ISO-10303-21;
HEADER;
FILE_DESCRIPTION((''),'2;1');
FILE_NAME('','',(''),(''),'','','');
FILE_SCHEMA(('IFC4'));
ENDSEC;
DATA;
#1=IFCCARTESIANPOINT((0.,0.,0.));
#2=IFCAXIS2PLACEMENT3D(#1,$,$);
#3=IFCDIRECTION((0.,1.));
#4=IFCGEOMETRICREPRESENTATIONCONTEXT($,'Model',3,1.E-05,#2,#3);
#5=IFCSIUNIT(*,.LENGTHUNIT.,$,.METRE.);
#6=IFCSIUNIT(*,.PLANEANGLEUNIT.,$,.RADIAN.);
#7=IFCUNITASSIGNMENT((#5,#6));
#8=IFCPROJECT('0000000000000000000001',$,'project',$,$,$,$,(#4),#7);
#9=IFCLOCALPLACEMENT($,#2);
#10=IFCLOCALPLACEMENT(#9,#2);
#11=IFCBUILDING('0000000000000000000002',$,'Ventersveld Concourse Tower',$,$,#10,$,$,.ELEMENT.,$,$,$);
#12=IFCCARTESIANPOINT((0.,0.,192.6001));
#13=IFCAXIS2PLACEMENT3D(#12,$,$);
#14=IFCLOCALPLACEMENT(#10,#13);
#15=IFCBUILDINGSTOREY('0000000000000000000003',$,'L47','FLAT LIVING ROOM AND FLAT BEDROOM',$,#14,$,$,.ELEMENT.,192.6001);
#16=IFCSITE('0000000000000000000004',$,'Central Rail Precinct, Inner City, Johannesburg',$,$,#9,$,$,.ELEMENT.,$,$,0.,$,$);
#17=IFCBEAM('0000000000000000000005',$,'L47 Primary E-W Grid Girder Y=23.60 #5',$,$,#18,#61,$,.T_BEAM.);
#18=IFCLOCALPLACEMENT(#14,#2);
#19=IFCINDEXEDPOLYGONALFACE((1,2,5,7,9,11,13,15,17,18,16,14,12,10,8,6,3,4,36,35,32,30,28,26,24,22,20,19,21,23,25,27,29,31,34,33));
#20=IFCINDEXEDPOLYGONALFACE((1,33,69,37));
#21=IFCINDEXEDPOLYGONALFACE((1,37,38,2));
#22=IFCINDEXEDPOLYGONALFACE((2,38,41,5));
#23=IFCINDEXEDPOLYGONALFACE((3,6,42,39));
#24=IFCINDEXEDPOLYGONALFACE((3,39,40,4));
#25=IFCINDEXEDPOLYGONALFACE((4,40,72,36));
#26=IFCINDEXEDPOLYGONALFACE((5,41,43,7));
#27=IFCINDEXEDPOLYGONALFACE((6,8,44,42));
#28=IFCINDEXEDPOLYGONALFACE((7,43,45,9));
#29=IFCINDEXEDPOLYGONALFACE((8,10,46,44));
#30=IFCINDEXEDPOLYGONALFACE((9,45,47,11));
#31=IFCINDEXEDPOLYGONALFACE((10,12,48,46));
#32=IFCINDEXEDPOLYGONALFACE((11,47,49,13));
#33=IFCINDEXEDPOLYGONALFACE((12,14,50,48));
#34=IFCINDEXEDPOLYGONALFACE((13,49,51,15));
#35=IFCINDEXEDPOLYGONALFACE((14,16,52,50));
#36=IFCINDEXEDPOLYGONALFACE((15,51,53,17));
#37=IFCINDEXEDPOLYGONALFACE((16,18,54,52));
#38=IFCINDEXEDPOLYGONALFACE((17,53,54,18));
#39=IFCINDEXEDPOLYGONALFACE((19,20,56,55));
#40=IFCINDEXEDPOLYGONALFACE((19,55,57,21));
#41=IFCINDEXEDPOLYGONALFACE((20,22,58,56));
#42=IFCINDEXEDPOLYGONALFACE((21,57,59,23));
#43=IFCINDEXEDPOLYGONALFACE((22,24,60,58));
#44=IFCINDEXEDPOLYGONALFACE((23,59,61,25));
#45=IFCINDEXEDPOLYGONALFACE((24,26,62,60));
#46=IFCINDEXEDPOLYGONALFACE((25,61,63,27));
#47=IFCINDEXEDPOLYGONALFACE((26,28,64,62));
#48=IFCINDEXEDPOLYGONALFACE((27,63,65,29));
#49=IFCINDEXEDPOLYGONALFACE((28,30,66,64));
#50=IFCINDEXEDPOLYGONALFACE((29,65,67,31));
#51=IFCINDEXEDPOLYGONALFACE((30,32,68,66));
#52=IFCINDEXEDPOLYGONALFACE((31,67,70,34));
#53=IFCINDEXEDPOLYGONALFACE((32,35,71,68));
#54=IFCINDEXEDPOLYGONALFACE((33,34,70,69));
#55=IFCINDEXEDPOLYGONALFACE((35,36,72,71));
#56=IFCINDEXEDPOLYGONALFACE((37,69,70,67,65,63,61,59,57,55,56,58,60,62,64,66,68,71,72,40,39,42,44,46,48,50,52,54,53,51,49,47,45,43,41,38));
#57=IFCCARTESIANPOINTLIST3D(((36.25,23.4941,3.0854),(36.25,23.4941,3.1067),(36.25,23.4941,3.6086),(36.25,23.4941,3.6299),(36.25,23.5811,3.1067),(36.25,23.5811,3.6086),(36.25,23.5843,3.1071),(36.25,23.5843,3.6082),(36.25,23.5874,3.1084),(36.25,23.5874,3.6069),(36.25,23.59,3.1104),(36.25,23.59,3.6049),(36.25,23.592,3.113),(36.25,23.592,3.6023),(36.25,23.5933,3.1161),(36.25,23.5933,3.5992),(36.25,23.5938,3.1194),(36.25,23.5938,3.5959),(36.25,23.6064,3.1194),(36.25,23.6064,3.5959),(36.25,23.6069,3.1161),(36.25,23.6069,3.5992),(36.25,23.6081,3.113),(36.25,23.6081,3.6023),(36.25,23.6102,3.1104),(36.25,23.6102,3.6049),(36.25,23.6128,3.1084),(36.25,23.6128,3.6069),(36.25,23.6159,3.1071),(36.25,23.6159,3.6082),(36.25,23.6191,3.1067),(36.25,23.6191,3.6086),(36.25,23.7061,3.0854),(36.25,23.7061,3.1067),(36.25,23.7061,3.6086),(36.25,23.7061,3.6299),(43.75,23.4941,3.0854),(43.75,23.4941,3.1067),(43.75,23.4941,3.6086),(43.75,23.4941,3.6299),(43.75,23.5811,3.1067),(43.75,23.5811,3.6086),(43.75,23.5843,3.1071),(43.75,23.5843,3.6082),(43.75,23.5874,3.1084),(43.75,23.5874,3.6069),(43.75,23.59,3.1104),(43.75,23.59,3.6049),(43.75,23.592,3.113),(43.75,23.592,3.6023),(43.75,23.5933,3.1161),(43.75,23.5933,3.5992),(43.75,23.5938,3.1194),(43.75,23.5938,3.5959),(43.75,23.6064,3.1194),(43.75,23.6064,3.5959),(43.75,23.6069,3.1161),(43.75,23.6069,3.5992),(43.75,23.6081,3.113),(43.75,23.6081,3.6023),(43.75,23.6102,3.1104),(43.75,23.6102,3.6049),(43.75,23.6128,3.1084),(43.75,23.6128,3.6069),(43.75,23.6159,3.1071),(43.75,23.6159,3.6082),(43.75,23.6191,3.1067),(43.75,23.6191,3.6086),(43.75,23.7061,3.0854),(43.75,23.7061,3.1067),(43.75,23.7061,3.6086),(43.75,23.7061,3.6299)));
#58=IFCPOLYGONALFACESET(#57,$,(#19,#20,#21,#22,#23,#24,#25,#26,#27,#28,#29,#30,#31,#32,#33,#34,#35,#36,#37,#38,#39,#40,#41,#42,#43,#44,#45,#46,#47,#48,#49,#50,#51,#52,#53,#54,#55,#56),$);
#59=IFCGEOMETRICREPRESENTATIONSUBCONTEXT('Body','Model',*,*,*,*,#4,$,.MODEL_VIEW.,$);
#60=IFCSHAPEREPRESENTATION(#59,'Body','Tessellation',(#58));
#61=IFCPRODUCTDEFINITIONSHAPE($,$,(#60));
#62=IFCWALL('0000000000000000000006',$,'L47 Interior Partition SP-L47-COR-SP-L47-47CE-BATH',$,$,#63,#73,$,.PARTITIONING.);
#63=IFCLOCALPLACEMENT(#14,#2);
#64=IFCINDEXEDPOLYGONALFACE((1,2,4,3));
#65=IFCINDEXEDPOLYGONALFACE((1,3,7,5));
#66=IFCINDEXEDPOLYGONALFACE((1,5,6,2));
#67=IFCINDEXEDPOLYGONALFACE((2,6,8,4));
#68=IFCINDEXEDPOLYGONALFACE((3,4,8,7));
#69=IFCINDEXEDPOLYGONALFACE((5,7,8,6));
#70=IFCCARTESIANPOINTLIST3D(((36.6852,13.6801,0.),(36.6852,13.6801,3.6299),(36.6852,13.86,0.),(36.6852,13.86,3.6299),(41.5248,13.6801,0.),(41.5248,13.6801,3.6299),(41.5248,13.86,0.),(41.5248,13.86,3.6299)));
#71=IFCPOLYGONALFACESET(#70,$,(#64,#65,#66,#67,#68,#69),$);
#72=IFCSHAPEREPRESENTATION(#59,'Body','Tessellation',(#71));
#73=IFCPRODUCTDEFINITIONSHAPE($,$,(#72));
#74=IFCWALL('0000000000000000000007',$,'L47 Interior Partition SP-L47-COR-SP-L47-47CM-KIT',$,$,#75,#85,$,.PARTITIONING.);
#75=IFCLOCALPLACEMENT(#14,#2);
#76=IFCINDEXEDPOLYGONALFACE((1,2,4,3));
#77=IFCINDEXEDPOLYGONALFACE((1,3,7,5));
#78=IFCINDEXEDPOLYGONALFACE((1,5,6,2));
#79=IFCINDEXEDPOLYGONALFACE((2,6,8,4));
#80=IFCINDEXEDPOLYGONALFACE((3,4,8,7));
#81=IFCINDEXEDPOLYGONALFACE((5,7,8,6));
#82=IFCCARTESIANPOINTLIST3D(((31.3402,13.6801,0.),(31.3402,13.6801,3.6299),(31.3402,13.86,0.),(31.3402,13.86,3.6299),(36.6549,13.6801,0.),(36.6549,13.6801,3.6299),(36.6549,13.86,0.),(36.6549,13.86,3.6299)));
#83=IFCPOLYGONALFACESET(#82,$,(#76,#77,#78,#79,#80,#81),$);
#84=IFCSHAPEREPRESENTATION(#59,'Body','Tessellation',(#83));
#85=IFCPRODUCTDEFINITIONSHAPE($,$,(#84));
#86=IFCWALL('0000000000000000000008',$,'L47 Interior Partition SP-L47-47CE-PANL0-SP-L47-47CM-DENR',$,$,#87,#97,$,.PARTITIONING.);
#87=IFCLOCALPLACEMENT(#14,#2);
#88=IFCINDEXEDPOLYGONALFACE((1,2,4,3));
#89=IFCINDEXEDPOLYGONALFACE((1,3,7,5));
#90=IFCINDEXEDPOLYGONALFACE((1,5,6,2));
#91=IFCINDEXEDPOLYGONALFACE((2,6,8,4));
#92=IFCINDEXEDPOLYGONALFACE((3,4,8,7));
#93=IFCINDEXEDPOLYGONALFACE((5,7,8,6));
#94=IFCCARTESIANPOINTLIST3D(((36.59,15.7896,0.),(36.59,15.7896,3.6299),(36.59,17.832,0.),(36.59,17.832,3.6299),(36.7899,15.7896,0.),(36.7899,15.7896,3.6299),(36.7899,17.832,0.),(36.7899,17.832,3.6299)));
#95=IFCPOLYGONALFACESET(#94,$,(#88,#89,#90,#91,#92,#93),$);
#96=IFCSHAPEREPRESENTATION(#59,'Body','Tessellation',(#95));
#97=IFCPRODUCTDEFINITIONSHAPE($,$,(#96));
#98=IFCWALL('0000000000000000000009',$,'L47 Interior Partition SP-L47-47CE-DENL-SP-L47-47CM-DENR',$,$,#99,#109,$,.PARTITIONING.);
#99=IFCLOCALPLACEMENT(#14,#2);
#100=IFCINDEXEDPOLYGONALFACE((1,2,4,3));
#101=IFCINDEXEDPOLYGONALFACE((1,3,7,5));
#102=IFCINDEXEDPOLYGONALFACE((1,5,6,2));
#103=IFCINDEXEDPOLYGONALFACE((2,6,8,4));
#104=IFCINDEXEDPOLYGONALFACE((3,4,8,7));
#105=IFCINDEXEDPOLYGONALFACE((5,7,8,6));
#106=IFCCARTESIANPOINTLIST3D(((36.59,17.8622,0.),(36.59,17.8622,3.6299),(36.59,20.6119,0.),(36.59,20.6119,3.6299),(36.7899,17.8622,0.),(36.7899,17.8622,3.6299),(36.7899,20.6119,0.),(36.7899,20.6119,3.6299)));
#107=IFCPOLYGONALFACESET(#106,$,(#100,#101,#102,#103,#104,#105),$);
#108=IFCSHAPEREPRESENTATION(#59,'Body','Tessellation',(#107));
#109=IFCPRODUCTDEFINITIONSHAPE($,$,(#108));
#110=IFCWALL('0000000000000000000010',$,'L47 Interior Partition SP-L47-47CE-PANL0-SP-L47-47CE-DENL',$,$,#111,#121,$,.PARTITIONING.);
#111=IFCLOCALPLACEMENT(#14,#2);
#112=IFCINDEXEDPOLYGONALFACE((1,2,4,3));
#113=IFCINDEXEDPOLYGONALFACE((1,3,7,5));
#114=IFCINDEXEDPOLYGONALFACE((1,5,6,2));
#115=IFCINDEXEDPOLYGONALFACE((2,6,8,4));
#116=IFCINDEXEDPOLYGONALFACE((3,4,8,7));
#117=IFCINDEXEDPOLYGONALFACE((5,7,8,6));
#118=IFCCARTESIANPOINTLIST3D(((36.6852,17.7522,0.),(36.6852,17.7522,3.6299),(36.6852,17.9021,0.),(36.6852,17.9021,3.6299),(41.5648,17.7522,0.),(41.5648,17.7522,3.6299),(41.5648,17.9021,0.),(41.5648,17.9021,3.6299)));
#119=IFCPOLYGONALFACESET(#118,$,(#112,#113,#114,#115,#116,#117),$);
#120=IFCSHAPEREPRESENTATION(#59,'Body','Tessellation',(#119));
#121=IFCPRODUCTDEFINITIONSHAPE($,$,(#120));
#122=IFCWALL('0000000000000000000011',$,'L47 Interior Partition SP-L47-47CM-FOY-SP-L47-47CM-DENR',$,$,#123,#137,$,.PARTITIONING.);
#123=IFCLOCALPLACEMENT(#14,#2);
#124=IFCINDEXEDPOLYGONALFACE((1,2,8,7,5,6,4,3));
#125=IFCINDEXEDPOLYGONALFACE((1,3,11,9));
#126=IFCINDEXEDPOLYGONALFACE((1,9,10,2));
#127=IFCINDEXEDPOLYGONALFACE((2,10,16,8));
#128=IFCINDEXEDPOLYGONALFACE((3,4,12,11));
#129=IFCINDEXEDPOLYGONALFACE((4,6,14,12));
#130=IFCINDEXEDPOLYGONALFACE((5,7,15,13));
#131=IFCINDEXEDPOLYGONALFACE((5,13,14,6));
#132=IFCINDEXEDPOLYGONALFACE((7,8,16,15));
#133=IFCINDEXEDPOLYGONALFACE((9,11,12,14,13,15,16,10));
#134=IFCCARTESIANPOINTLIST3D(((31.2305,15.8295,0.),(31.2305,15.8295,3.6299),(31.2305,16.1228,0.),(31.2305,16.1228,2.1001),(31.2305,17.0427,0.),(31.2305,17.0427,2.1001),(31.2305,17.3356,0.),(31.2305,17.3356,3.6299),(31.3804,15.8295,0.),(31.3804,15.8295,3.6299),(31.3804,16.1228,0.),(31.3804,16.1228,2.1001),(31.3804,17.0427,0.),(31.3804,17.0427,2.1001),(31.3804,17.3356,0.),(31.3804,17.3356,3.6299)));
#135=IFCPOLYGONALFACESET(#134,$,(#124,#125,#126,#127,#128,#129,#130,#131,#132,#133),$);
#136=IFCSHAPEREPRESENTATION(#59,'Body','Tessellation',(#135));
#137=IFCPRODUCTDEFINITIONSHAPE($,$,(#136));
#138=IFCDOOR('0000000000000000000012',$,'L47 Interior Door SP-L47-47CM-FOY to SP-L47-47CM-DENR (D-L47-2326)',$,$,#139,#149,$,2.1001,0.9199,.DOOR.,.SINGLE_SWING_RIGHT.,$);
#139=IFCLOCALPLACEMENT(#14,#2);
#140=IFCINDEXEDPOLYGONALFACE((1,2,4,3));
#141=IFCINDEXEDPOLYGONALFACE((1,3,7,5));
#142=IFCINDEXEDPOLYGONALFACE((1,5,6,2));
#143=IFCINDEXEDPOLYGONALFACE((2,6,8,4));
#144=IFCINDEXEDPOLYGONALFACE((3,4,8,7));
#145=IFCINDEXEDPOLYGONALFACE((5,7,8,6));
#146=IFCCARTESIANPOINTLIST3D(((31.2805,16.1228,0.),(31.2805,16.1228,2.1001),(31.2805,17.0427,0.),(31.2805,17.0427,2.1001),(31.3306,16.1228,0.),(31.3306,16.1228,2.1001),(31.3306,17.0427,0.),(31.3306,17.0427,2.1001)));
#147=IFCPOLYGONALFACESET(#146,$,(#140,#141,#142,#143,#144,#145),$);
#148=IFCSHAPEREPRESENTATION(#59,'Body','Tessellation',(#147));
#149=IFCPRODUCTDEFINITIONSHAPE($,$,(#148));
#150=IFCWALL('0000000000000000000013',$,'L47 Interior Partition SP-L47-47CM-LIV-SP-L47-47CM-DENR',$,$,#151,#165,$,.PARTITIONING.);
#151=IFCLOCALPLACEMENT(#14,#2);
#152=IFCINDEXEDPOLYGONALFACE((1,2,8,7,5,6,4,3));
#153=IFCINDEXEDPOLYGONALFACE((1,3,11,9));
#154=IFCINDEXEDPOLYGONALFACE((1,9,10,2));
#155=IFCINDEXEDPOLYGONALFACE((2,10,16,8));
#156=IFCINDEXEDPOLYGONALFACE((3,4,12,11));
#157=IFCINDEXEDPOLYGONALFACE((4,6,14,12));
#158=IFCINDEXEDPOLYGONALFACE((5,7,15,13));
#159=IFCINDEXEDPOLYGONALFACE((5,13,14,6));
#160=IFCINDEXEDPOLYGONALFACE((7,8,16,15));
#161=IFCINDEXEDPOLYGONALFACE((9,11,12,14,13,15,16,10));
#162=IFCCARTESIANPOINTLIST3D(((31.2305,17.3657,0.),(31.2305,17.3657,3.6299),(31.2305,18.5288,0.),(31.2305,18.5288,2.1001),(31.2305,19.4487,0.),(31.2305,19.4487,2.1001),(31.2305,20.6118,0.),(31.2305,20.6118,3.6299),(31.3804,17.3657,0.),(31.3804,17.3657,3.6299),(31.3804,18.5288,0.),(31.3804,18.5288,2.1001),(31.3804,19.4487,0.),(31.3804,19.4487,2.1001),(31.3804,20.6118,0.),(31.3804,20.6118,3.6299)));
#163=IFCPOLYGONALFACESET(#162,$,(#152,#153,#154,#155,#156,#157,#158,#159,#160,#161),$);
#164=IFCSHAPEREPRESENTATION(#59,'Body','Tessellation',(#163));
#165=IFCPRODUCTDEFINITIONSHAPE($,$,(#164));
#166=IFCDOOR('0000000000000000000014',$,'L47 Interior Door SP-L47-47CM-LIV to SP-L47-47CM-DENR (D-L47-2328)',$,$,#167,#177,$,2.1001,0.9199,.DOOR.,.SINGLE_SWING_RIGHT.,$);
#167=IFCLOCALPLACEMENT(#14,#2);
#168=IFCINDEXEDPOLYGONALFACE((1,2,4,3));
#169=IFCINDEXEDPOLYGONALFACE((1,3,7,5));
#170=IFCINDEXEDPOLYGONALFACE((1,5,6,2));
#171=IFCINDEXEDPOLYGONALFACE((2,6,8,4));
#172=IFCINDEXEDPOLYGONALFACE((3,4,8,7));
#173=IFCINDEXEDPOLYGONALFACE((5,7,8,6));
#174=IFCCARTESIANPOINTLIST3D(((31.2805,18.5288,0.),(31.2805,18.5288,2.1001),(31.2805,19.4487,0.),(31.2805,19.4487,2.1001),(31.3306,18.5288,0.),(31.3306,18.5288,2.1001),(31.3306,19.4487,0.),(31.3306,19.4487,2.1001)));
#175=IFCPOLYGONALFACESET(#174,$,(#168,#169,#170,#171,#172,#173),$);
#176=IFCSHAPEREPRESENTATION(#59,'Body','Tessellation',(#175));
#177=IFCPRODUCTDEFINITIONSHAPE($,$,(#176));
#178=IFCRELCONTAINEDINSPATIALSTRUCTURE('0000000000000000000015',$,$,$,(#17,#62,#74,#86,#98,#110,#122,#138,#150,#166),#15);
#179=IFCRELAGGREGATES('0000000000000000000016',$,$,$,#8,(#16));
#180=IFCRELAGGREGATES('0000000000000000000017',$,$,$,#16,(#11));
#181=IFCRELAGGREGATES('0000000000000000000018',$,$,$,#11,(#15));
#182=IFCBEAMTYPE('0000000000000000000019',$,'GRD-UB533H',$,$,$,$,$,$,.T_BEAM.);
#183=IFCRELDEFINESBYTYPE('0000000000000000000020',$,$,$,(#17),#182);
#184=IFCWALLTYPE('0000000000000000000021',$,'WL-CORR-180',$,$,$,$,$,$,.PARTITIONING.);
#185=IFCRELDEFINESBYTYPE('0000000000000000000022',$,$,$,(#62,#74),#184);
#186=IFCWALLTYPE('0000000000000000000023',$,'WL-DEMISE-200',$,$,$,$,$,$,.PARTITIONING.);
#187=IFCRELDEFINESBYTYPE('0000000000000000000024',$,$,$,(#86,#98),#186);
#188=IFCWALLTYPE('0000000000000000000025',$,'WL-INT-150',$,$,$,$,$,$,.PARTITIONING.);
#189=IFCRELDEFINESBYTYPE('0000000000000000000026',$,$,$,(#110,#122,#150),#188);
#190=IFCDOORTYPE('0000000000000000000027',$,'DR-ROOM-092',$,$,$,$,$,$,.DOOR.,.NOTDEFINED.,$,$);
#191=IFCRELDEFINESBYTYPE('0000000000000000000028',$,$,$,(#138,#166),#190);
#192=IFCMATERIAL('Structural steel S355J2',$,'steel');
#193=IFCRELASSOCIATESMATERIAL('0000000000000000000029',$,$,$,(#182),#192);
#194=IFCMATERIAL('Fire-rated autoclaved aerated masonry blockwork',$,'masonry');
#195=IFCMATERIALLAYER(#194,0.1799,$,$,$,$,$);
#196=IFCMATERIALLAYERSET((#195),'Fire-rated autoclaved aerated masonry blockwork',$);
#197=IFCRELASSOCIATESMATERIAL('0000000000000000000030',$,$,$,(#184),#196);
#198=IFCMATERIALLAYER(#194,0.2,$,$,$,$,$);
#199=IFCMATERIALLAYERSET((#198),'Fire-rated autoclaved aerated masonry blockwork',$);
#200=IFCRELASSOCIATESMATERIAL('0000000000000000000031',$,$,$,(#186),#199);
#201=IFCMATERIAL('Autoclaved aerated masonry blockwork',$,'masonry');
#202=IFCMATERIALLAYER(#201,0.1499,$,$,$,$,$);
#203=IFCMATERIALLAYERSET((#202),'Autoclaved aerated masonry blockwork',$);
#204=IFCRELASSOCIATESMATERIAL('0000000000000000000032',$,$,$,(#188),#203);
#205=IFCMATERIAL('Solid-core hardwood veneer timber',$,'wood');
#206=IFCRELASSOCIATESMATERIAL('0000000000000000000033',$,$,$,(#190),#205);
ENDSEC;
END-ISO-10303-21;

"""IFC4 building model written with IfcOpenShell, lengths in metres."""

from ifc_helpers import new_model, si_unit, direction, frame, frame_2d, origin, origin_2d, place, context, subcontext, project, spatial, rectangle, i_section, extrude, material, layer, layer_set, material_profile, profile_set, type_object, element, fill, save


model = new_model("IFC4")

# Units and contexts
model_context = context("Model", 3, precision=1e-05, world=origin(), true_north=direction((0.0, 1.0)))
body_context = subcontext(model_context, "Body", "Model", "MODEL_VIEW")
ifc_project = project(units=[si_unit("LENGTHUNIT", "METRE"), si_unit("PLANEANGLEUNIT", "RADIAN")], contexts=[model_context])

# Site, building, storey
site_placement = place(None, origin())
site = spatial("IfcSite", under=ifc_project, at=site_placement, Name="Central Rail Precinct, Inner City, Johannesburg", CompositionType="ELEMENT", RefElevation=0.0)
building_placement = place(site_placement, origin())
building = spatial("IfcBuilding", under=site, at=building_placement, Name="Ventersveld Concourse Tower", CompositionType="ELEMENT")
storey_placement = place(building_placement, frame((0.0, 0.0, 192.6001)))
storey = spatial("IfcBuildingStorey", under=building, at=storey_placement, Name="L47", Description="FLAT LIVING ROOM AND FLAT BEDROOM", CompositionType="ELEMENT", Elevation=192.6001)

# Beam
ifc_material_1 = material(Name="Structural steel S355J2", Category="steel")
ifc_material_profile_1 = material_profile(ifc_material_1, i_section(OverallWidth=0.2119, OverallDepth=0.5444, WebThickness=0.0127, FlangeThickness=0.0212, FilletRadius=0.0127, at=origin_2d()), Name="UB 533x210x122")
ifc_profile_set_1 = profile_set([ifc_material_profile_1], Name="Structural steel S355J2")
beam_type_1 = type_object("IfcBeamType", Name="GRD-UB533H", PredefinedType="T_BEAM", material=ifc_profile_set_1)
for number, where, z_axis, x_axis, name in (
    (1, (36.25, 23.6001, 3.3577), (1.0, 0.0, 0.0), (0.0, 1.0, 0.0), "L47 Primary E-W Grid Girder Y=23.60 #5"),
):
    element("IfcBeam", number, at=place(storey_placement, frame(where, z_axis=z_axis, x_axis=x_axis)), inside=storey, type_object=beam_type_1, Name=name, PredefinedType="T_BEAM", context=body_context, shape_type="SweptSolid", body=[
        extrude(i_section(OverallWidth=0.2119, OverallDepth=0.5444, WebThickness=0.0127, FlangeThickness=0.0212, FilletRadius=0.0127, at=origin_2d()), origin(), (0.0, 0.0, 1.0), 7.5),
    ])

# Walls
ifc_material_2 = material(Name="Fire-rated autoclaved aerated masonry blockwork", Category="masonry")
ifc_layer_1 = layer(ifc_material_2, 0.1799)
ifc_layer_set_1 = layer_set([ifc_layer_1], Name="Fire-rated autoclaved aerated masonry blockwork")
wall_type_1 = type_object("IfcWallType", Name="WL-CORR-180", PredefinedType="PARTITIONING", material=ifc_layer_set_1)
wall_1_placement = place(storey_placement, frame((36.6851, 13.77, 0.0), z_axis=(0.0, 0.0, 1.0), x_axis=(1.0, 0.0, 0.0)))
element("IfcWall", 2, at=wall_1_placement, inside=storey, type_object=wall_type_1, Name="L47 Interior Partition SP-L47-COR-SP-L47-47CE-BATH", PredefinedType="PARTITIONING", context=body_context, shape_type="SweptSolid", body=[
    extrude(rectangle(XDim=4.8396, YDim=0.1799, at=frame_2d((2.4199, 0.0))), origin(), (0.0, 0.0, 1.0), 3.6299),
])
wall_2_placement = place(storey_placement, frame((31.3403, 13.77, 0.0), z_axis=(0.0, 0.0, 1.0), x_axis=(1.0, 0.0, 0.0)))
element("IfcWall", 3, at=wall_2_placement, inside=storey, type_object=wall_type_1, Name="L47 Interior Partition SP-L47-COR-SP-L47-47CM-KIT", PredefinedType="PARTITIONING", context=body_context, shape_type="SweptSolid", body=[
    extrude(rectangle(XDim=5.3147, YDim=0.1799, at=frame_2d((2.6572, 0.0))), origin(), (0.0, 0.0, 1.0), 3.6299),
])
ifc_layer_2 = layer(ifc_material_2, 0.2)
ifc_layer_set_2 = layer_set([ifc_layer_2], Name="Fire-rated autoclaved aerated masonry blockwork")
wall_type_2 = type_object("IfcWallType", Name="WL-DEMISE-200", PredefinedType="PARTITIONING", material=ifc_layer_set_2)
wall_3_placement = place(storey_placement, frame((36.6899, 15.7896, 0.0), z_axis=(0.0, 0.0, 1.0), x_axis=(0.0, 1.0, 0.0)))
element("IfcWall", 4, at=wall_3_placement, inside=storey, type_object=wall_type_2, Name="L47 Interior Partition SP-L47-47CE-PANL0-SP-L47-47CM-DENR", PredefinedType="PARTITIONING", context=body_context, shape_type="SweptSolid", body=[
    extrude(rectangle(XDim=2.0425, YDim=0.2, at=frame_2d((1.0212, 0.0))), origin(), (0.0, 0.0, 1.0), 3.6299),
])
wall_4_placement = place(storey_placement, frame((36.6899, 17.8621, 0.0), z_axis=(0.0, 0.0, 1.0), x_axis=(0.0, 1.0, 0.0)))
element("IfcWall", 5, at=wall_4_placement, inside=storey, type_object=wall_type_2, Name="L47 Interior Partition SP-L47-47CE-DENL-SP-L47-47CM-DENR", PredefinedType="PARTITIONING", context=body_context, shape_type="SweptSolid", body=[
    extrude(rectangle(XDim=2.7498, YDim=0.2, at=frame_2d((1.375, 0.0))), origin(), (0.0, 0.0, 1.0), 3.6299),
])
ifc_material_3 = material(Name="Autoclaved aerated masonry blockwork", Category="masonry")
ifc_layer_3 = layer(ifc_material_3, 0.1499)
ifc_layer_set_3 = layer_set([ifc_layer_3], Name="Autoclaved aerated masonry blockwork")
wall_type_3 = type_object("IfcWallType", Name="WL-INT-150", PredefinedType="PARTITIONING", material=ifc_layer_set_3)
wall_5_placement = place(storey_placement, frame((36.6851, 17.8271, 0.0), z_axis=(0.0, 0.0, 1.0), x_axis=(1.0, 0.0, 0.0)))
element("IfcWall", 6, at=wall_5_placement, inside=storey, type_object=wall_type_3, Name="L47 Interior Partition SP-L47-47CE-PANL0-SP-L47-47CE-DENL", PredefinedType="PARTITIONING", context=body_context, shape_type="SweptSolid", body=[
    extrude(rectangle(XDim=4.8796, YDim=0.1499, at=frame_2d((2.4399, 0.0))), origin(), (0.0, 0.0, 1.0), 3.6299),
])

# Walls, openings, doors
wall_6_placement = place(storey_placement, frame((31.3054, 15.8296, 0.0), z_axis=(0.0, 0.0, 1.0), x_axis=(0.0, 1.0, 0.0)))
wall_6 = element("IfcWall", 7, at=wall_6_placement, inside=storey, type_object=wall_type_3, Name="L47 Interior Partition SP-L47-47CM-FOY-SP-L47-47CM-DENR", PredefinedType="PARTITIONING", context=body_context, shape_type="SweptSolid", body=[
    extrude(rectangle(XDim=1.5061, YDim=0.1499, at=frame_2d((0.7529, 0.0))), origin(), (0.0, 0.0, 1.0), 3.6299),
])
opening_1_placement = place(wall_6_placement, frame((0.2932, 0.0, 0.0)))
opening_1 = element("IfcOpeningElement", 8, at=opening_1_placement, cuts=wall_6, PredefinedType="OPENING", context=body_context, shape_type="SweptSolid", body=[
    extrude(rectangle(XDim=0.9199, YDim=2.1001, at=frame_2d((0.46, 1.05))), frame((0.0, 0.085, 0.0), z_axis=(0.0, -1.0, 0.0), x_axis=(1.0, 0.0, 0.0)), (0.0, 0.0, 1.0), 0.1699),
])
ifc_material_4 = material(Name="Solid-core hardwood veneer timber", Category="wood")
door_type = type_object("IfcDoorType", Name="DR-ROOM-092", OperationType="NOTDEFINED", PredefinedType="DOOR", material=ifc_material_4)
door_1_placement = place(opening_1_placement, origin())
door_1 = element("IfcDoor", 9, at=door_1_placement, inside=storey, type_object=door_type, Name="L47 Interior Door SP-L47-47CM-FOY to SP-L47-47CM-DENR (D-L47-2326)", OperationType="SINGLE_SWING_RIGHT", OverallHeight=2.1001, OverallWidth=0.9199, PredefinedType="DOOR", context=body_context, shape_type="SweptSolid", body=[
    extrude(rectangle(XDim=0.9199, YDim=2.1001, at=frame_2d((0.46, 1.05))), frame((0.0, 0.0249, 0.0), z_axis=(0.0, -1.0, 0.0), x_axis=(1.0, 0.0, 0.0)), (0.0, 0.0, 1.0), 0.05),
])
fill(opening_1, door_1)
wall_7_placement = place(storey_placement, frame((31.3054, 17.3657, 0.0), z_axis=(0.0, 0.0, 1.0), x_axis=(0.0, 1.0, 0.0)))
wall_7 = element("IfcWall", 10, at=wall_7_placement, inside=storey, type_object=wall_type_3, Name="L47 Interior Partition SP-L47-47CM-LIV-SP-L47-47CM-DENR", PredefinedType="PARTITIONING", context=body_context, shape_type="SweptSolid", body=[
    extrude(rectangle(XDim=3.2461, YDim=0.1499, at=frame_2d((1.623, 0.0))), origin(), (0.0, 0.0, 1.0), 3.6299),
])
opening_2_placement = place(wall_7_placement, frame((1.1631, 0.0, 0.0)))
opening_2 = element("IfcOpeningElement", 11, at=opening_2_placement, cuts=wall_7, PredefinedType="OPENING", context=body_context, shape_type="SweptSolid", body=[
    extrude(rectangle(XDim=0.9199, YDim=2.1001, at=frame_2d((0.46, 1.05))), frame((0.0, 0.085, 0.0), z_axis=(0.0, -1.0, 0.0), x_axis=(1.0, 0.0, 0.0)), (0.0, 0.0, 1.0), 0.1699),
])
door_2_placement = place(opening_2_placement, origin())
door_2 = element("IfcDoor", 12, at=door_2_placement, inside=storey, type_object=door_type, Name="L47 Interior Door SP-L47-47CM-LIV to SP-L47-47CM-DENR (D-L47-2328)", OperationType="SINGLE_SWING_RIGHT", OverallHeight=2.1001, OverallWidth=0.9199, PredefinedType="DOOR", context=body_context, shape_type="SweptSolid", body=[
    extrude(rectangle(XDim=0.9199, YDim=2.1001, at=frame_2d((0.46, 1.05))), frame((0.0, 0.0249, 0.0), z_axis=(0.0, -1.0, 0.0), x_axis=(1.0, 0.0, 0.0)), (0.0, 0.0, 1.0), 0.05),
])
fill(opening_2, door_2)

save(model, "model.ifc")
